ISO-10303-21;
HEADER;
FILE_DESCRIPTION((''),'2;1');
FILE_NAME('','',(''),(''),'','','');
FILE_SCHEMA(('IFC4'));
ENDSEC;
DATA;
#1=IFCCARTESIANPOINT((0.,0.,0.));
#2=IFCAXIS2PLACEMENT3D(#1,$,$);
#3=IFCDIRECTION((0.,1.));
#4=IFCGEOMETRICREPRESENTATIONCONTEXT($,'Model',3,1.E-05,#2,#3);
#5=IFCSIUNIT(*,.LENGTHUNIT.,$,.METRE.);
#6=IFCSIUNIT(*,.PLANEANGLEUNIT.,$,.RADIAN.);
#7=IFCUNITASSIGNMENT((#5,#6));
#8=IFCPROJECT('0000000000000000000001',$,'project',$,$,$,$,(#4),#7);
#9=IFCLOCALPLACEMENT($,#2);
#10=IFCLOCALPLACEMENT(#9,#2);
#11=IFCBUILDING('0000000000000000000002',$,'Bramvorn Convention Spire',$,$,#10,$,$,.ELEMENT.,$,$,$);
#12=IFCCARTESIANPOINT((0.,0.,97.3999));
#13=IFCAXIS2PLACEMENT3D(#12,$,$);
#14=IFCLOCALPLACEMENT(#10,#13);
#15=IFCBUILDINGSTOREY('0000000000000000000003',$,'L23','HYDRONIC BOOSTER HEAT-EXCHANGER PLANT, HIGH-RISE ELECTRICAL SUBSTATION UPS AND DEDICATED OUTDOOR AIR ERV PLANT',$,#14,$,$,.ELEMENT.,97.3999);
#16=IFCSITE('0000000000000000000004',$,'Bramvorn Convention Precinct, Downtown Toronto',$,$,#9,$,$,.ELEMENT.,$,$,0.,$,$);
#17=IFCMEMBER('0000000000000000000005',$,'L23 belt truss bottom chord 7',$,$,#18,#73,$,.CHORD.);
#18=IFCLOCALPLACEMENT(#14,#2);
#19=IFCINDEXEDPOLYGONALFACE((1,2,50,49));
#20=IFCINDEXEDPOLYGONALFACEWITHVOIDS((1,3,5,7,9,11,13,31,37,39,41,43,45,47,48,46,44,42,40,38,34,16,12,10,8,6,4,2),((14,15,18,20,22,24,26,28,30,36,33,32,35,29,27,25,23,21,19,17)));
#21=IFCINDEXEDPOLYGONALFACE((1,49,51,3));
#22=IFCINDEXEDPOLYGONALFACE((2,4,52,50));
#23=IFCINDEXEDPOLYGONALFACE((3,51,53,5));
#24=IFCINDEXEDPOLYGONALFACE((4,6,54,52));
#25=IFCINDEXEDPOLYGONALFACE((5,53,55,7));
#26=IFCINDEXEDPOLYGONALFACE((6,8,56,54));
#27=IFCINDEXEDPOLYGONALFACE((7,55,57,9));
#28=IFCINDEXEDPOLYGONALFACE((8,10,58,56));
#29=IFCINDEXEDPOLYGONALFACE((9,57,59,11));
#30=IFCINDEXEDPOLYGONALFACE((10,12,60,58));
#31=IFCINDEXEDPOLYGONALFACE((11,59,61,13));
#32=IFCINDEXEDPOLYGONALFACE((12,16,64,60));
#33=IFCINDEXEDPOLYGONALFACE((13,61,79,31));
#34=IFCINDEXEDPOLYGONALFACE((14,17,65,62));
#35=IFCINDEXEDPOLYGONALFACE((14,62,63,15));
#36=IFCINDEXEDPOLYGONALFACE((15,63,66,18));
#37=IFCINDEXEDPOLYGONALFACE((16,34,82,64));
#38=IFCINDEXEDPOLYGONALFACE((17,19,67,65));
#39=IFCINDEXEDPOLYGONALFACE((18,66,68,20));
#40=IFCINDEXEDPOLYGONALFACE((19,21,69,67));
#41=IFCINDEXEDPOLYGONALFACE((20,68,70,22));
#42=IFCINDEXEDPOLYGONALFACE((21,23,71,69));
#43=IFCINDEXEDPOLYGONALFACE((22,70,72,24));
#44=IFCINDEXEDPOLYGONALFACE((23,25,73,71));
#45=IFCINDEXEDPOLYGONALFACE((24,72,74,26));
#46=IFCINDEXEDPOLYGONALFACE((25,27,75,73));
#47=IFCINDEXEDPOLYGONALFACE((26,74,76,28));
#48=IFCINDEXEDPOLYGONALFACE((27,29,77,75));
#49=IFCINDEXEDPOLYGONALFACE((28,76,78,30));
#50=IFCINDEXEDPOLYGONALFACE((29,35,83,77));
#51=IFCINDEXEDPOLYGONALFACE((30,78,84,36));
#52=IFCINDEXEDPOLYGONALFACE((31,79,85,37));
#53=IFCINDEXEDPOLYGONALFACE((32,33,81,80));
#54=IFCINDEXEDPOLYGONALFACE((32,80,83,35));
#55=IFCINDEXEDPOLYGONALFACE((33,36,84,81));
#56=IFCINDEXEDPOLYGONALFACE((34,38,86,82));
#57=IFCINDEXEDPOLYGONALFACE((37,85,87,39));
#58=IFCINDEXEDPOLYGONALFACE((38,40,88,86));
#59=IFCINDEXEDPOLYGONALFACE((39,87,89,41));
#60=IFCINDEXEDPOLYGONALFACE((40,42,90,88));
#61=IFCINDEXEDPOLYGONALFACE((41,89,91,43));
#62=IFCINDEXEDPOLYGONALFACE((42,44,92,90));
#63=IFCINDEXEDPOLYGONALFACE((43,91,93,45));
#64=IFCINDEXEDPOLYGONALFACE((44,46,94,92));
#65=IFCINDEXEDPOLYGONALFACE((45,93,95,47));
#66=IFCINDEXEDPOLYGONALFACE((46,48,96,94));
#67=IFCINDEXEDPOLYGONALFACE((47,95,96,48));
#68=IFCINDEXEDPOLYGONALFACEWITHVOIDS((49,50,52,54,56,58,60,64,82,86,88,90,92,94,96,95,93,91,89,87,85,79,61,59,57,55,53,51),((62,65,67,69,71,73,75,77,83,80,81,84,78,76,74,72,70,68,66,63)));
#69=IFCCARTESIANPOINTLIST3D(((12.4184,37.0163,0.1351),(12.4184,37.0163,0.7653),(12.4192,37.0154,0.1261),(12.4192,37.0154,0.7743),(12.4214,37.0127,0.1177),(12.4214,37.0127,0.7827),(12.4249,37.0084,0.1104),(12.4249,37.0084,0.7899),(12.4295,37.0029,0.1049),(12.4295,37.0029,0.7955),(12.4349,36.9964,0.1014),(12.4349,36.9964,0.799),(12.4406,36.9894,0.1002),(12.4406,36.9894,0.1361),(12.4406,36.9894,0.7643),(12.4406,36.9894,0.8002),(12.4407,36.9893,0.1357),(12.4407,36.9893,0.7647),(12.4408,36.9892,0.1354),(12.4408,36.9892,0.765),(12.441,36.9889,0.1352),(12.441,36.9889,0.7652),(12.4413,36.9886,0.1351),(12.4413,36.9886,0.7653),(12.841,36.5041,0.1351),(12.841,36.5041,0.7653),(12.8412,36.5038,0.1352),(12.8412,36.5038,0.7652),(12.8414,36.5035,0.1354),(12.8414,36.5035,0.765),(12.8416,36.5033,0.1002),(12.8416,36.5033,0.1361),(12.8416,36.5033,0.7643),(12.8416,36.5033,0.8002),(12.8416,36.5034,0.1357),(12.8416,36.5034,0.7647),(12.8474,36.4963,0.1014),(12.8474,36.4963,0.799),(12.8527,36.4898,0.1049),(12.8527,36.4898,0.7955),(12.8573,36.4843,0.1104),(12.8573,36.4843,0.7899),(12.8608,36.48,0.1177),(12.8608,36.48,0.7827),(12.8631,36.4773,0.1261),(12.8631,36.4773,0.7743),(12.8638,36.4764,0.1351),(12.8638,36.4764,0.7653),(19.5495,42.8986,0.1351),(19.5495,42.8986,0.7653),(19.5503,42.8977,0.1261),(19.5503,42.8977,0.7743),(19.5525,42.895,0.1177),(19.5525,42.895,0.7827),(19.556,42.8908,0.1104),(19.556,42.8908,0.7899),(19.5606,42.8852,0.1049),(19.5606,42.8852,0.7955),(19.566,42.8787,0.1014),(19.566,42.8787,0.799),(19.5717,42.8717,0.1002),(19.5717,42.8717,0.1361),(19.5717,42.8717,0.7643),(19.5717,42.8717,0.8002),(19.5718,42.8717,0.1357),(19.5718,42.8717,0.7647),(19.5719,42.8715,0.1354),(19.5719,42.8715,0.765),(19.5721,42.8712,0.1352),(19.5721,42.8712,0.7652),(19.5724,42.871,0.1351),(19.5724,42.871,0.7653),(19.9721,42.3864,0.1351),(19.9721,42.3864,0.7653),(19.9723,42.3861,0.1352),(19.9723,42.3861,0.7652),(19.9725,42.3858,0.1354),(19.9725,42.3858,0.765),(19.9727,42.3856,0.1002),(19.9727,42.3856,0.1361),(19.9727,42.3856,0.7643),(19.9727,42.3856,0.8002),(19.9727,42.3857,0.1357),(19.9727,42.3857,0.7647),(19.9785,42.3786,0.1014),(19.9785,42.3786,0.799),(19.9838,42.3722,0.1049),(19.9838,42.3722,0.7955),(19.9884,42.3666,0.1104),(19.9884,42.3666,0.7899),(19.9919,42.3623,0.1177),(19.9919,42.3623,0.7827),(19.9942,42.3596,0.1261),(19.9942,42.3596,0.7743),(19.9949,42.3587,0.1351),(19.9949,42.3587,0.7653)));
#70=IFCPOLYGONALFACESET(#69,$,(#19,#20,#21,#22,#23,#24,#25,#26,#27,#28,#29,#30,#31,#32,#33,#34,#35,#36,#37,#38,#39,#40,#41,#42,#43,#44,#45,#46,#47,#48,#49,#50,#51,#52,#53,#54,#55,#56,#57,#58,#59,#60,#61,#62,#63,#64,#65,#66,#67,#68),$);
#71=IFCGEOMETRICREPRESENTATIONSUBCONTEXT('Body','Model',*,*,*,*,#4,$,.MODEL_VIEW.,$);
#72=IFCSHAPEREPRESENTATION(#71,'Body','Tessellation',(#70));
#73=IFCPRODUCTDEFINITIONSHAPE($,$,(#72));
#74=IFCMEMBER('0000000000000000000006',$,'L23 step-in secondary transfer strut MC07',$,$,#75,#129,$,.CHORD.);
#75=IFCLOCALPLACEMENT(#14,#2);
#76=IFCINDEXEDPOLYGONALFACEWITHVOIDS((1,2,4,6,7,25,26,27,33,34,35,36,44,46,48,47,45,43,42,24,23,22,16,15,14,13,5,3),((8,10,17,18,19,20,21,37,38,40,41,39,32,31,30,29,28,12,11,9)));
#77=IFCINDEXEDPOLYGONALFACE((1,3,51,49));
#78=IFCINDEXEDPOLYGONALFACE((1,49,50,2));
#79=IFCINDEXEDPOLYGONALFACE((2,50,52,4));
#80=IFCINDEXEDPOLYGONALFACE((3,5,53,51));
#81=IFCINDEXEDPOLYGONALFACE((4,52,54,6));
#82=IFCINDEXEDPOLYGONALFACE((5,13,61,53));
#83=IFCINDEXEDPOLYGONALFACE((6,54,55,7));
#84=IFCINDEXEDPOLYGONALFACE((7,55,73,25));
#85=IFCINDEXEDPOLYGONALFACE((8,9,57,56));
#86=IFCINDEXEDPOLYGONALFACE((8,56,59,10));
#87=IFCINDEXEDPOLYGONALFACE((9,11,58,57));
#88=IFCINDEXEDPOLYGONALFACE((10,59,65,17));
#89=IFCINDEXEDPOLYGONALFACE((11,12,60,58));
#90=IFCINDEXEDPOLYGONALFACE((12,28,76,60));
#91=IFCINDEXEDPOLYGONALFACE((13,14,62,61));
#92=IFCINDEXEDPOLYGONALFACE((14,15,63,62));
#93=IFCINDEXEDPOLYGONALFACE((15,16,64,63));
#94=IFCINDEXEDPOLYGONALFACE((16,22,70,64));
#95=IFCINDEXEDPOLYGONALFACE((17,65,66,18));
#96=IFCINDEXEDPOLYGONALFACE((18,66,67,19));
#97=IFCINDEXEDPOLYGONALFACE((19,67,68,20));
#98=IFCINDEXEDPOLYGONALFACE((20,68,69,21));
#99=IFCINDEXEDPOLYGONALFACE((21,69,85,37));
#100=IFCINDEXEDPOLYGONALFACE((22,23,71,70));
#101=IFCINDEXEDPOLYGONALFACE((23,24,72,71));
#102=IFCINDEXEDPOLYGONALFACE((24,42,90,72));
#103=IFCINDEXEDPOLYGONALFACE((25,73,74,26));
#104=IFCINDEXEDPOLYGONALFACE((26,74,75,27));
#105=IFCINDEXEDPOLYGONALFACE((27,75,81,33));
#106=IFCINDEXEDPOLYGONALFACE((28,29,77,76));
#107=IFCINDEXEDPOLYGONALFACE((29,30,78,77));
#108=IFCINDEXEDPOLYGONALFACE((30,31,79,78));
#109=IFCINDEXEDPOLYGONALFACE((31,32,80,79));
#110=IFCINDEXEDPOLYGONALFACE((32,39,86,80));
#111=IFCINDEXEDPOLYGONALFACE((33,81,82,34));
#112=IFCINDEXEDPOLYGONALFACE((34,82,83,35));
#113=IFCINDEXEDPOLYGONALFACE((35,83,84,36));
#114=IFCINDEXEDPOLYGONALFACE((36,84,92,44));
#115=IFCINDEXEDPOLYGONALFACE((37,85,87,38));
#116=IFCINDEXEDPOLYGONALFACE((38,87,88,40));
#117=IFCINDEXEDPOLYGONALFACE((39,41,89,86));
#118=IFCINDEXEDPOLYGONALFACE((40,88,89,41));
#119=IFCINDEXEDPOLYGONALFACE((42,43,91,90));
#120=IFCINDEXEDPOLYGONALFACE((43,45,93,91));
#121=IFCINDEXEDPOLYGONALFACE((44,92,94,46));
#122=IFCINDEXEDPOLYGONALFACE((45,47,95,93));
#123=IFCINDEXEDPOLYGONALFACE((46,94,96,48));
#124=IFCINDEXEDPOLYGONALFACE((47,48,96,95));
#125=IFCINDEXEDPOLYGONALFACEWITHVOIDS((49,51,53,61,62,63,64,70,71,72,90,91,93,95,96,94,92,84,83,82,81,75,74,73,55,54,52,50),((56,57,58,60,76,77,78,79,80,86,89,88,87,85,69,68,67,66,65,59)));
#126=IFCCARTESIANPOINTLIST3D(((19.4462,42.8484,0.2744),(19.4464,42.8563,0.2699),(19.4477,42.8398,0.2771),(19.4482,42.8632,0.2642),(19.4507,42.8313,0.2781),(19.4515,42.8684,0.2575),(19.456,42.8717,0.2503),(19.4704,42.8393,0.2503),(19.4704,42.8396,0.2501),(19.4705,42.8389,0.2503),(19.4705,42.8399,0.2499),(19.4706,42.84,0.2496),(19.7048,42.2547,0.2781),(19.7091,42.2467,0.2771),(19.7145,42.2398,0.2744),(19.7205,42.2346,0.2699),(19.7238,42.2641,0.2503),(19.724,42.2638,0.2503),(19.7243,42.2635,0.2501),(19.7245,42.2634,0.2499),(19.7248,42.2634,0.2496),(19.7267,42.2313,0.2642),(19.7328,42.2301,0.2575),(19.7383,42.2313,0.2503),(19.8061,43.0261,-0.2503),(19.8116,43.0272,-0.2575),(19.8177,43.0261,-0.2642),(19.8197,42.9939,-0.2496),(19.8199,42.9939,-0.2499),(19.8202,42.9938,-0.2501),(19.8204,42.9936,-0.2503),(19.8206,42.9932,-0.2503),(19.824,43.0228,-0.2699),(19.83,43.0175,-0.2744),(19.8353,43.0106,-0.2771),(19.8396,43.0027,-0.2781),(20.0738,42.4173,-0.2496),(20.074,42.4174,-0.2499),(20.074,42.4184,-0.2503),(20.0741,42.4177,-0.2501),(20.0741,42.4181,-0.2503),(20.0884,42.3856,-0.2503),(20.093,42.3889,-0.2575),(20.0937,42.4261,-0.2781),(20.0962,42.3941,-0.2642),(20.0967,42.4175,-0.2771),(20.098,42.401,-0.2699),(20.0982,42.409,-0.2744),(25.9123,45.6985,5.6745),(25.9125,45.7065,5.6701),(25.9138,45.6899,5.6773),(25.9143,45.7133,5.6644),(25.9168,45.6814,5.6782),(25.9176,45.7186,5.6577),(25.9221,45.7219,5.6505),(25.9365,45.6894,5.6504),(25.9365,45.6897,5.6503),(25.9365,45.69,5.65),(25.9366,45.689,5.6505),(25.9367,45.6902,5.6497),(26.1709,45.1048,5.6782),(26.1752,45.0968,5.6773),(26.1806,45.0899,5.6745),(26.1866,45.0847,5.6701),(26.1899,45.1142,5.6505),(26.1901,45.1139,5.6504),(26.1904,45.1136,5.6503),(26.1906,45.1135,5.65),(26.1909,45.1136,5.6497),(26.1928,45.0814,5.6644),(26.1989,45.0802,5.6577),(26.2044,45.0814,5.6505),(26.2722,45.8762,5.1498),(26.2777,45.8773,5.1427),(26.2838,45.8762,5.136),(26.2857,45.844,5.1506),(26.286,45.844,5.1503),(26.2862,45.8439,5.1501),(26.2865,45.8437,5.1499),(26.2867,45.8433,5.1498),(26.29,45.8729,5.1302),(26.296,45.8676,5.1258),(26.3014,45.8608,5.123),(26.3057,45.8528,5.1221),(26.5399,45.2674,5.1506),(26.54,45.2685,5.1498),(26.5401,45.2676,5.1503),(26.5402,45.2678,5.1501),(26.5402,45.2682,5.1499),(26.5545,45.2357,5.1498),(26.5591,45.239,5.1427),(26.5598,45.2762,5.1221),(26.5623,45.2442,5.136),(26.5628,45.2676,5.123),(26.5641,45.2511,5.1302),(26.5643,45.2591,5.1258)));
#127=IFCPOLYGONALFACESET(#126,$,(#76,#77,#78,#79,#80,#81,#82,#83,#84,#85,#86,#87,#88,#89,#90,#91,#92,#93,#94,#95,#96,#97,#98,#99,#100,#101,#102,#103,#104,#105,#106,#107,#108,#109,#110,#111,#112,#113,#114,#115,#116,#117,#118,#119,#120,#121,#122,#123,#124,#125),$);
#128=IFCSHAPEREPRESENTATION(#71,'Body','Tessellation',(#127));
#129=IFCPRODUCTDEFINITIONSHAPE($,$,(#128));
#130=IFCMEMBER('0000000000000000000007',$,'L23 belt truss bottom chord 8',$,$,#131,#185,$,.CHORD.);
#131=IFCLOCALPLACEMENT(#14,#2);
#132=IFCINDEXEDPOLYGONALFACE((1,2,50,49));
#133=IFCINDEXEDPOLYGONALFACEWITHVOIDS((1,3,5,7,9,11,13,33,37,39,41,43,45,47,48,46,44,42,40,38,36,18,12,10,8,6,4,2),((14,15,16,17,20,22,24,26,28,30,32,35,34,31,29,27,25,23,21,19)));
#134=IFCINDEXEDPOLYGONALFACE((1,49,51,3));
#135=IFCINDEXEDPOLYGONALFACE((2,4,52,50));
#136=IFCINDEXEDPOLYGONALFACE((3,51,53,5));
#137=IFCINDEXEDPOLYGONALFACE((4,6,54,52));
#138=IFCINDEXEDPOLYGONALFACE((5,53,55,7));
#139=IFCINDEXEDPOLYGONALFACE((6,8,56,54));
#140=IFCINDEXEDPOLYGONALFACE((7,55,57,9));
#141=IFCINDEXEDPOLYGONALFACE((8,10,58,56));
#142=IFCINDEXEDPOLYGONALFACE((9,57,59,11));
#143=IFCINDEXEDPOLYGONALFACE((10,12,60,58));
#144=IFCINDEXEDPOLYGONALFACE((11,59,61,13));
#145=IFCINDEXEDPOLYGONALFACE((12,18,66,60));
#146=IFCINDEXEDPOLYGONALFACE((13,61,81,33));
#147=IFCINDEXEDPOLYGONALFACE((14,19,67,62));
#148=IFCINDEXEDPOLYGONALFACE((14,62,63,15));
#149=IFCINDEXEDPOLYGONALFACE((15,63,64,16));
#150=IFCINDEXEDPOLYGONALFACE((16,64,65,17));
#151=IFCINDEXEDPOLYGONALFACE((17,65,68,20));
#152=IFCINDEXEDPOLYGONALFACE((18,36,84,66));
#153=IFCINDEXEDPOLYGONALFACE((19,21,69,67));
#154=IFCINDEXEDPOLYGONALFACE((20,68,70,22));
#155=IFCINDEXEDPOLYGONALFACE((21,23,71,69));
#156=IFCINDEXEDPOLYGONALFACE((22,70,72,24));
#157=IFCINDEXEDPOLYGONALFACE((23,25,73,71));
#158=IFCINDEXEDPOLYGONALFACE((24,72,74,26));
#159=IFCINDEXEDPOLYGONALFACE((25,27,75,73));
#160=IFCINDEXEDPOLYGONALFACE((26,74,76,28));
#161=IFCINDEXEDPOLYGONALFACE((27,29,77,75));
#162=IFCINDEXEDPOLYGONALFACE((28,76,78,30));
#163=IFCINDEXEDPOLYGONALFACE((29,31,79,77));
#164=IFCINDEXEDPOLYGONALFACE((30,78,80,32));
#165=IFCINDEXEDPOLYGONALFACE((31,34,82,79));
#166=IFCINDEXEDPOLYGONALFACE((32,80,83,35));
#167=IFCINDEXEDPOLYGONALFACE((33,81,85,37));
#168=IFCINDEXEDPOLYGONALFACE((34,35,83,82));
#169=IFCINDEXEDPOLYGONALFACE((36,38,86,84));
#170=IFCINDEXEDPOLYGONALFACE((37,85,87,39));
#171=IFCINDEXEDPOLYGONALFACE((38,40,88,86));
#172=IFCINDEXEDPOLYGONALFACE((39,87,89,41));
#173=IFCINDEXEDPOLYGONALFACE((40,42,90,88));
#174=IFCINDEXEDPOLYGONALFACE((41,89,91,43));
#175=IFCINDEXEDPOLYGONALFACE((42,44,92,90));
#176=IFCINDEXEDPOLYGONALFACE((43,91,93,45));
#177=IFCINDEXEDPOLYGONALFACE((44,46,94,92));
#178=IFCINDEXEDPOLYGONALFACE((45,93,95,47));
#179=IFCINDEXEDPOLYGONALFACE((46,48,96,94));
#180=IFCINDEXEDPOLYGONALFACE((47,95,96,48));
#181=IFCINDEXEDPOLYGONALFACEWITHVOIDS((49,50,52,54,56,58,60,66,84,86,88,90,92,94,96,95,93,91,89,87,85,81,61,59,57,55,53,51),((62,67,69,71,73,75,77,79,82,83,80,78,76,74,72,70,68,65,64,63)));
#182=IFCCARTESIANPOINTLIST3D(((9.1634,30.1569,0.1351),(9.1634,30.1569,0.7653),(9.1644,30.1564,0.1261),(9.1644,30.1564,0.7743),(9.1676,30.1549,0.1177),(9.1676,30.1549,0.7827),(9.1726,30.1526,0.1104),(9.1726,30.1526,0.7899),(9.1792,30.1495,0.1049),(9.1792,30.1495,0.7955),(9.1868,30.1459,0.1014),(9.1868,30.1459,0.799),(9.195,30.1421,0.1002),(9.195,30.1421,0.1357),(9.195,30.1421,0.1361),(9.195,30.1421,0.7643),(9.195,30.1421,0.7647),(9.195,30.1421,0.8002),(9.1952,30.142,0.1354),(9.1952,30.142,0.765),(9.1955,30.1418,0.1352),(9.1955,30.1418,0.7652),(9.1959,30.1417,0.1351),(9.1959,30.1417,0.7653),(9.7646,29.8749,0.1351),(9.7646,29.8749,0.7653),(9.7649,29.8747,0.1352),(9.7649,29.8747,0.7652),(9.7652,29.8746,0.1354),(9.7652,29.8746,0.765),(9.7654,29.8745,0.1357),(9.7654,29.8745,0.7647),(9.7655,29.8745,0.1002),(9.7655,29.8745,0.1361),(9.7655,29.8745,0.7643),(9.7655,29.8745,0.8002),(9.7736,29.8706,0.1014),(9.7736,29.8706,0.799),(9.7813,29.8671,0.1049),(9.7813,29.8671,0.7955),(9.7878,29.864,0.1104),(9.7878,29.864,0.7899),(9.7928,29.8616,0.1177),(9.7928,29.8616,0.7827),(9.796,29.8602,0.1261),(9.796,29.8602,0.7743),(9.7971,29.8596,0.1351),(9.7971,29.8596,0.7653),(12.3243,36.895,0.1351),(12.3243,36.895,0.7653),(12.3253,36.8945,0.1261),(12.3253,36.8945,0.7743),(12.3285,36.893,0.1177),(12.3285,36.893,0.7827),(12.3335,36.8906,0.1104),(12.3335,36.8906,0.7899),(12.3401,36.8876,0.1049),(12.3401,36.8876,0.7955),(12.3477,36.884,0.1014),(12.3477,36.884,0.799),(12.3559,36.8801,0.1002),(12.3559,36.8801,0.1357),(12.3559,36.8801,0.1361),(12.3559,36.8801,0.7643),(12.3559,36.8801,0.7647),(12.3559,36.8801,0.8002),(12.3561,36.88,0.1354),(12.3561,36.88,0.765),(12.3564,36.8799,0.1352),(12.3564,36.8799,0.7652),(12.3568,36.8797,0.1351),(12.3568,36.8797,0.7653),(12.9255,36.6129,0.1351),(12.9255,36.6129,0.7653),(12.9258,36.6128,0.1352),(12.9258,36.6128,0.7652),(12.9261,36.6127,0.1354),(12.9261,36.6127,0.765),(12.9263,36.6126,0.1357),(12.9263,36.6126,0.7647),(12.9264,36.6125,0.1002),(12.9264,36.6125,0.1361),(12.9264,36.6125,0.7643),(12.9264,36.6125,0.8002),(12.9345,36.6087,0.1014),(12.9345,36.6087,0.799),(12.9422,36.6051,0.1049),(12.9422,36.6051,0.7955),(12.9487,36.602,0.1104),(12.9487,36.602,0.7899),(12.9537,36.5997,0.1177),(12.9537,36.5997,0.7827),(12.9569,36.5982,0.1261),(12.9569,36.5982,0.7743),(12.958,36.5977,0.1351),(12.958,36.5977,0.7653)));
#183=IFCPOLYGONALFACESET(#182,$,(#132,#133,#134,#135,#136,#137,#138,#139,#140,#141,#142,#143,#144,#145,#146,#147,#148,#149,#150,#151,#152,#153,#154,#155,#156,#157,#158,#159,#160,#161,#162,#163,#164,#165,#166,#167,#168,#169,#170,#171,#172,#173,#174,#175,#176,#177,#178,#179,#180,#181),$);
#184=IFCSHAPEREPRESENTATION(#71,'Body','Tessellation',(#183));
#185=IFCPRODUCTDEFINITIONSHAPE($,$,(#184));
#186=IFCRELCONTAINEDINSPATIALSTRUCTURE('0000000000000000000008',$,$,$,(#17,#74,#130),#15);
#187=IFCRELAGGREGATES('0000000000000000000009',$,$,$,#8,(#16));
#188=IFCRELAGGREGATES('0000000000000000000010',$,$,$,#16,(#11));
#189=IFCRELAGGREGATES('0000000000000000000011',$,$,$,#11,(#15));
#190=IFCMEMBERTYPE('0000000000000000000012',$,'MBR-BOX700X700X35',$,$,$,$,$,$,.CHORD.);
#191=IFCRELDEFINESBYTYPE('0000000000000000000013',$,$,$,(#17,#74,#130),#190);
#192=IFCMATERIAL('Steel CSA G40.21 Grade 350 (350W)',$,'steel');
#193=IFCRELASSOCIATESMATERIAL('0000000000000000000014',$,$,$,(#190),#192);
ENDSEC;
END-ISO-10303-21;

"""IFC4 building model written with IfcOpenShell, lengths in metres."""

from ifc_helpers import new_model, si_unit, direction, frame, origin, origin_2d, place, context, subcontext, project, spatial, hollow_rectangle, extrude, material, material_profile, profile_set, type_object, element, save


model = new_model("IFC4")

# Units and contexts
model_context = context("Model", 3, precision=1e-05, world=origin(), true_north=direction((0.0, 1.0)))
body_context = subcontext(model_context, "Body", "Model", "MODEL_VIEW")
ifc_project = project(units=[si_unit("LENGTHUNIT", "METRE"), si_unit("PLANEANGLEUNIT", "RADIAN")], contexts=[model_context])

# Site, building, storey
site_placement = place(None, origin())
site = spatial("IfcSite", under=ifc_project, at=site_placement, Name="Bramvorn Convention Precinct, Downtown Toronto", CompositionType="ELEMENT", RefElevation=0.0)
building_placement = place(site_placement, origin())
building = spatial("IfcBuilding", under=site, at=building_placement, Name="Bramvorn Convention Spire", CompositionType="ELEMENT")
storey_placement = place(building_placement, frame((0.0, 0.0, 97.3999)))
storey = spatial("IfcBuildingStorey", under=building, at=storey_placement, Name="L23", Description="HYDRONIC BOOSTER HEAT-EXCHANGER PLANT, HIGH-RISE ELECTRICAL SUBSTATION UPS AND DEDICATED OUTDOOR AIR ERV PLANT", CompositionType="ELEMENT", Elevation=97.3999)

# Shared definitions
ifc_material_1 = material(Name="Steel CSA G40.21 Grade 350 (350W)", Category="steel")

# Members
ifc_material_profile_1 = material_profile(ifc_material_1, hollow_rectangle(XDim=0.7, YDim=0.7, WallThickness=0.0349, InnerFilletRadius=0.001, OuterFilletRadius=0.0349, at=origin_2d()))
ifc_profile_set_1 = profile_set([ifc_material_profile_1], Name="Steel CSA G40.21 Grade 350 (350W) - BOX700X700X35")
member_type_1 = type_object("IfcMemberType", Name="MBR-BOX700X700X35", PredefinedType="CHORD", material=ifc_profile_set_1)
member_1_placement = place(storey_placement, frame((19.7722, 42.6287, 0.4502), z_axis=(-0.771418, -0.636329, 0.0), x_axis=(0.636329, -0.771418, 0.0)))
element("IfcMember", 1, at=member_1_placement, inside=storey, type_object=member_type_1, Name="L23 belt truss bottom chord 7", PredefinedType="CHORD", context=body_context, shape_type="SweptSolid", body=[
    extrude(hollow_rectangle(XDim=0.7, YDim=0.7, WallThickness=0.0349, InnerFilletRadius=0.001, OuterFilletRadius=0.0349, at=origin_2d()), origin(), (0.0, 0.0, 1.0), 9.2441),
])
member_2_placement = place(storey_placement, frame((19.7722, 42.6287, 0.0), z_axis=(0.727054, 0.320469, 0.6072), x_axis=(-0.403335, 0.915052, 0.0)))
element("IfcMember", 2, at=member_2_placement, inside=storey, type_object=member_type_1, Name="L23 step-in secondary transfer strut MC07", PredefinedType="CHORD", context=body_context, shape_type="SweptSolid", body=[
    extrude(hollow_rectangle(XDim=0.7, YDim=0.7, WallThickness=0.0349, InnerFilletRadius=0.001, OuterFilletRadius=0.0349, at=origin_2d()), origin(), (0.0, 0.0, 1.0), 8.8936),
])
member_3_placement = place(storey_placement, frame((12.6411, 36.7463, 0.4502), z_axis=(-0.424702, -0.905333, 0.0), x_axis=(0.905333, -0.424702, 0.0)))
element("IfcMember", 3, at=member_3_placement, inside=storey, type_object=member_type_1, Name="L23 belt truss bottom chord 8", PredefinedType="CHORD", context=body_context, shape_type="SweptSolid", body=[
    extrude(hollow_rectangle(XDim=0.7, YDim=0.7, WallThickness=0.0349, InnerFilletRadius=0.001, OuterFilletRadius=0.0349, at=origin_2d()), origin(), (0.0, 0.0, 1.0), 7.4426),
])

save(model, "model.ifc")
